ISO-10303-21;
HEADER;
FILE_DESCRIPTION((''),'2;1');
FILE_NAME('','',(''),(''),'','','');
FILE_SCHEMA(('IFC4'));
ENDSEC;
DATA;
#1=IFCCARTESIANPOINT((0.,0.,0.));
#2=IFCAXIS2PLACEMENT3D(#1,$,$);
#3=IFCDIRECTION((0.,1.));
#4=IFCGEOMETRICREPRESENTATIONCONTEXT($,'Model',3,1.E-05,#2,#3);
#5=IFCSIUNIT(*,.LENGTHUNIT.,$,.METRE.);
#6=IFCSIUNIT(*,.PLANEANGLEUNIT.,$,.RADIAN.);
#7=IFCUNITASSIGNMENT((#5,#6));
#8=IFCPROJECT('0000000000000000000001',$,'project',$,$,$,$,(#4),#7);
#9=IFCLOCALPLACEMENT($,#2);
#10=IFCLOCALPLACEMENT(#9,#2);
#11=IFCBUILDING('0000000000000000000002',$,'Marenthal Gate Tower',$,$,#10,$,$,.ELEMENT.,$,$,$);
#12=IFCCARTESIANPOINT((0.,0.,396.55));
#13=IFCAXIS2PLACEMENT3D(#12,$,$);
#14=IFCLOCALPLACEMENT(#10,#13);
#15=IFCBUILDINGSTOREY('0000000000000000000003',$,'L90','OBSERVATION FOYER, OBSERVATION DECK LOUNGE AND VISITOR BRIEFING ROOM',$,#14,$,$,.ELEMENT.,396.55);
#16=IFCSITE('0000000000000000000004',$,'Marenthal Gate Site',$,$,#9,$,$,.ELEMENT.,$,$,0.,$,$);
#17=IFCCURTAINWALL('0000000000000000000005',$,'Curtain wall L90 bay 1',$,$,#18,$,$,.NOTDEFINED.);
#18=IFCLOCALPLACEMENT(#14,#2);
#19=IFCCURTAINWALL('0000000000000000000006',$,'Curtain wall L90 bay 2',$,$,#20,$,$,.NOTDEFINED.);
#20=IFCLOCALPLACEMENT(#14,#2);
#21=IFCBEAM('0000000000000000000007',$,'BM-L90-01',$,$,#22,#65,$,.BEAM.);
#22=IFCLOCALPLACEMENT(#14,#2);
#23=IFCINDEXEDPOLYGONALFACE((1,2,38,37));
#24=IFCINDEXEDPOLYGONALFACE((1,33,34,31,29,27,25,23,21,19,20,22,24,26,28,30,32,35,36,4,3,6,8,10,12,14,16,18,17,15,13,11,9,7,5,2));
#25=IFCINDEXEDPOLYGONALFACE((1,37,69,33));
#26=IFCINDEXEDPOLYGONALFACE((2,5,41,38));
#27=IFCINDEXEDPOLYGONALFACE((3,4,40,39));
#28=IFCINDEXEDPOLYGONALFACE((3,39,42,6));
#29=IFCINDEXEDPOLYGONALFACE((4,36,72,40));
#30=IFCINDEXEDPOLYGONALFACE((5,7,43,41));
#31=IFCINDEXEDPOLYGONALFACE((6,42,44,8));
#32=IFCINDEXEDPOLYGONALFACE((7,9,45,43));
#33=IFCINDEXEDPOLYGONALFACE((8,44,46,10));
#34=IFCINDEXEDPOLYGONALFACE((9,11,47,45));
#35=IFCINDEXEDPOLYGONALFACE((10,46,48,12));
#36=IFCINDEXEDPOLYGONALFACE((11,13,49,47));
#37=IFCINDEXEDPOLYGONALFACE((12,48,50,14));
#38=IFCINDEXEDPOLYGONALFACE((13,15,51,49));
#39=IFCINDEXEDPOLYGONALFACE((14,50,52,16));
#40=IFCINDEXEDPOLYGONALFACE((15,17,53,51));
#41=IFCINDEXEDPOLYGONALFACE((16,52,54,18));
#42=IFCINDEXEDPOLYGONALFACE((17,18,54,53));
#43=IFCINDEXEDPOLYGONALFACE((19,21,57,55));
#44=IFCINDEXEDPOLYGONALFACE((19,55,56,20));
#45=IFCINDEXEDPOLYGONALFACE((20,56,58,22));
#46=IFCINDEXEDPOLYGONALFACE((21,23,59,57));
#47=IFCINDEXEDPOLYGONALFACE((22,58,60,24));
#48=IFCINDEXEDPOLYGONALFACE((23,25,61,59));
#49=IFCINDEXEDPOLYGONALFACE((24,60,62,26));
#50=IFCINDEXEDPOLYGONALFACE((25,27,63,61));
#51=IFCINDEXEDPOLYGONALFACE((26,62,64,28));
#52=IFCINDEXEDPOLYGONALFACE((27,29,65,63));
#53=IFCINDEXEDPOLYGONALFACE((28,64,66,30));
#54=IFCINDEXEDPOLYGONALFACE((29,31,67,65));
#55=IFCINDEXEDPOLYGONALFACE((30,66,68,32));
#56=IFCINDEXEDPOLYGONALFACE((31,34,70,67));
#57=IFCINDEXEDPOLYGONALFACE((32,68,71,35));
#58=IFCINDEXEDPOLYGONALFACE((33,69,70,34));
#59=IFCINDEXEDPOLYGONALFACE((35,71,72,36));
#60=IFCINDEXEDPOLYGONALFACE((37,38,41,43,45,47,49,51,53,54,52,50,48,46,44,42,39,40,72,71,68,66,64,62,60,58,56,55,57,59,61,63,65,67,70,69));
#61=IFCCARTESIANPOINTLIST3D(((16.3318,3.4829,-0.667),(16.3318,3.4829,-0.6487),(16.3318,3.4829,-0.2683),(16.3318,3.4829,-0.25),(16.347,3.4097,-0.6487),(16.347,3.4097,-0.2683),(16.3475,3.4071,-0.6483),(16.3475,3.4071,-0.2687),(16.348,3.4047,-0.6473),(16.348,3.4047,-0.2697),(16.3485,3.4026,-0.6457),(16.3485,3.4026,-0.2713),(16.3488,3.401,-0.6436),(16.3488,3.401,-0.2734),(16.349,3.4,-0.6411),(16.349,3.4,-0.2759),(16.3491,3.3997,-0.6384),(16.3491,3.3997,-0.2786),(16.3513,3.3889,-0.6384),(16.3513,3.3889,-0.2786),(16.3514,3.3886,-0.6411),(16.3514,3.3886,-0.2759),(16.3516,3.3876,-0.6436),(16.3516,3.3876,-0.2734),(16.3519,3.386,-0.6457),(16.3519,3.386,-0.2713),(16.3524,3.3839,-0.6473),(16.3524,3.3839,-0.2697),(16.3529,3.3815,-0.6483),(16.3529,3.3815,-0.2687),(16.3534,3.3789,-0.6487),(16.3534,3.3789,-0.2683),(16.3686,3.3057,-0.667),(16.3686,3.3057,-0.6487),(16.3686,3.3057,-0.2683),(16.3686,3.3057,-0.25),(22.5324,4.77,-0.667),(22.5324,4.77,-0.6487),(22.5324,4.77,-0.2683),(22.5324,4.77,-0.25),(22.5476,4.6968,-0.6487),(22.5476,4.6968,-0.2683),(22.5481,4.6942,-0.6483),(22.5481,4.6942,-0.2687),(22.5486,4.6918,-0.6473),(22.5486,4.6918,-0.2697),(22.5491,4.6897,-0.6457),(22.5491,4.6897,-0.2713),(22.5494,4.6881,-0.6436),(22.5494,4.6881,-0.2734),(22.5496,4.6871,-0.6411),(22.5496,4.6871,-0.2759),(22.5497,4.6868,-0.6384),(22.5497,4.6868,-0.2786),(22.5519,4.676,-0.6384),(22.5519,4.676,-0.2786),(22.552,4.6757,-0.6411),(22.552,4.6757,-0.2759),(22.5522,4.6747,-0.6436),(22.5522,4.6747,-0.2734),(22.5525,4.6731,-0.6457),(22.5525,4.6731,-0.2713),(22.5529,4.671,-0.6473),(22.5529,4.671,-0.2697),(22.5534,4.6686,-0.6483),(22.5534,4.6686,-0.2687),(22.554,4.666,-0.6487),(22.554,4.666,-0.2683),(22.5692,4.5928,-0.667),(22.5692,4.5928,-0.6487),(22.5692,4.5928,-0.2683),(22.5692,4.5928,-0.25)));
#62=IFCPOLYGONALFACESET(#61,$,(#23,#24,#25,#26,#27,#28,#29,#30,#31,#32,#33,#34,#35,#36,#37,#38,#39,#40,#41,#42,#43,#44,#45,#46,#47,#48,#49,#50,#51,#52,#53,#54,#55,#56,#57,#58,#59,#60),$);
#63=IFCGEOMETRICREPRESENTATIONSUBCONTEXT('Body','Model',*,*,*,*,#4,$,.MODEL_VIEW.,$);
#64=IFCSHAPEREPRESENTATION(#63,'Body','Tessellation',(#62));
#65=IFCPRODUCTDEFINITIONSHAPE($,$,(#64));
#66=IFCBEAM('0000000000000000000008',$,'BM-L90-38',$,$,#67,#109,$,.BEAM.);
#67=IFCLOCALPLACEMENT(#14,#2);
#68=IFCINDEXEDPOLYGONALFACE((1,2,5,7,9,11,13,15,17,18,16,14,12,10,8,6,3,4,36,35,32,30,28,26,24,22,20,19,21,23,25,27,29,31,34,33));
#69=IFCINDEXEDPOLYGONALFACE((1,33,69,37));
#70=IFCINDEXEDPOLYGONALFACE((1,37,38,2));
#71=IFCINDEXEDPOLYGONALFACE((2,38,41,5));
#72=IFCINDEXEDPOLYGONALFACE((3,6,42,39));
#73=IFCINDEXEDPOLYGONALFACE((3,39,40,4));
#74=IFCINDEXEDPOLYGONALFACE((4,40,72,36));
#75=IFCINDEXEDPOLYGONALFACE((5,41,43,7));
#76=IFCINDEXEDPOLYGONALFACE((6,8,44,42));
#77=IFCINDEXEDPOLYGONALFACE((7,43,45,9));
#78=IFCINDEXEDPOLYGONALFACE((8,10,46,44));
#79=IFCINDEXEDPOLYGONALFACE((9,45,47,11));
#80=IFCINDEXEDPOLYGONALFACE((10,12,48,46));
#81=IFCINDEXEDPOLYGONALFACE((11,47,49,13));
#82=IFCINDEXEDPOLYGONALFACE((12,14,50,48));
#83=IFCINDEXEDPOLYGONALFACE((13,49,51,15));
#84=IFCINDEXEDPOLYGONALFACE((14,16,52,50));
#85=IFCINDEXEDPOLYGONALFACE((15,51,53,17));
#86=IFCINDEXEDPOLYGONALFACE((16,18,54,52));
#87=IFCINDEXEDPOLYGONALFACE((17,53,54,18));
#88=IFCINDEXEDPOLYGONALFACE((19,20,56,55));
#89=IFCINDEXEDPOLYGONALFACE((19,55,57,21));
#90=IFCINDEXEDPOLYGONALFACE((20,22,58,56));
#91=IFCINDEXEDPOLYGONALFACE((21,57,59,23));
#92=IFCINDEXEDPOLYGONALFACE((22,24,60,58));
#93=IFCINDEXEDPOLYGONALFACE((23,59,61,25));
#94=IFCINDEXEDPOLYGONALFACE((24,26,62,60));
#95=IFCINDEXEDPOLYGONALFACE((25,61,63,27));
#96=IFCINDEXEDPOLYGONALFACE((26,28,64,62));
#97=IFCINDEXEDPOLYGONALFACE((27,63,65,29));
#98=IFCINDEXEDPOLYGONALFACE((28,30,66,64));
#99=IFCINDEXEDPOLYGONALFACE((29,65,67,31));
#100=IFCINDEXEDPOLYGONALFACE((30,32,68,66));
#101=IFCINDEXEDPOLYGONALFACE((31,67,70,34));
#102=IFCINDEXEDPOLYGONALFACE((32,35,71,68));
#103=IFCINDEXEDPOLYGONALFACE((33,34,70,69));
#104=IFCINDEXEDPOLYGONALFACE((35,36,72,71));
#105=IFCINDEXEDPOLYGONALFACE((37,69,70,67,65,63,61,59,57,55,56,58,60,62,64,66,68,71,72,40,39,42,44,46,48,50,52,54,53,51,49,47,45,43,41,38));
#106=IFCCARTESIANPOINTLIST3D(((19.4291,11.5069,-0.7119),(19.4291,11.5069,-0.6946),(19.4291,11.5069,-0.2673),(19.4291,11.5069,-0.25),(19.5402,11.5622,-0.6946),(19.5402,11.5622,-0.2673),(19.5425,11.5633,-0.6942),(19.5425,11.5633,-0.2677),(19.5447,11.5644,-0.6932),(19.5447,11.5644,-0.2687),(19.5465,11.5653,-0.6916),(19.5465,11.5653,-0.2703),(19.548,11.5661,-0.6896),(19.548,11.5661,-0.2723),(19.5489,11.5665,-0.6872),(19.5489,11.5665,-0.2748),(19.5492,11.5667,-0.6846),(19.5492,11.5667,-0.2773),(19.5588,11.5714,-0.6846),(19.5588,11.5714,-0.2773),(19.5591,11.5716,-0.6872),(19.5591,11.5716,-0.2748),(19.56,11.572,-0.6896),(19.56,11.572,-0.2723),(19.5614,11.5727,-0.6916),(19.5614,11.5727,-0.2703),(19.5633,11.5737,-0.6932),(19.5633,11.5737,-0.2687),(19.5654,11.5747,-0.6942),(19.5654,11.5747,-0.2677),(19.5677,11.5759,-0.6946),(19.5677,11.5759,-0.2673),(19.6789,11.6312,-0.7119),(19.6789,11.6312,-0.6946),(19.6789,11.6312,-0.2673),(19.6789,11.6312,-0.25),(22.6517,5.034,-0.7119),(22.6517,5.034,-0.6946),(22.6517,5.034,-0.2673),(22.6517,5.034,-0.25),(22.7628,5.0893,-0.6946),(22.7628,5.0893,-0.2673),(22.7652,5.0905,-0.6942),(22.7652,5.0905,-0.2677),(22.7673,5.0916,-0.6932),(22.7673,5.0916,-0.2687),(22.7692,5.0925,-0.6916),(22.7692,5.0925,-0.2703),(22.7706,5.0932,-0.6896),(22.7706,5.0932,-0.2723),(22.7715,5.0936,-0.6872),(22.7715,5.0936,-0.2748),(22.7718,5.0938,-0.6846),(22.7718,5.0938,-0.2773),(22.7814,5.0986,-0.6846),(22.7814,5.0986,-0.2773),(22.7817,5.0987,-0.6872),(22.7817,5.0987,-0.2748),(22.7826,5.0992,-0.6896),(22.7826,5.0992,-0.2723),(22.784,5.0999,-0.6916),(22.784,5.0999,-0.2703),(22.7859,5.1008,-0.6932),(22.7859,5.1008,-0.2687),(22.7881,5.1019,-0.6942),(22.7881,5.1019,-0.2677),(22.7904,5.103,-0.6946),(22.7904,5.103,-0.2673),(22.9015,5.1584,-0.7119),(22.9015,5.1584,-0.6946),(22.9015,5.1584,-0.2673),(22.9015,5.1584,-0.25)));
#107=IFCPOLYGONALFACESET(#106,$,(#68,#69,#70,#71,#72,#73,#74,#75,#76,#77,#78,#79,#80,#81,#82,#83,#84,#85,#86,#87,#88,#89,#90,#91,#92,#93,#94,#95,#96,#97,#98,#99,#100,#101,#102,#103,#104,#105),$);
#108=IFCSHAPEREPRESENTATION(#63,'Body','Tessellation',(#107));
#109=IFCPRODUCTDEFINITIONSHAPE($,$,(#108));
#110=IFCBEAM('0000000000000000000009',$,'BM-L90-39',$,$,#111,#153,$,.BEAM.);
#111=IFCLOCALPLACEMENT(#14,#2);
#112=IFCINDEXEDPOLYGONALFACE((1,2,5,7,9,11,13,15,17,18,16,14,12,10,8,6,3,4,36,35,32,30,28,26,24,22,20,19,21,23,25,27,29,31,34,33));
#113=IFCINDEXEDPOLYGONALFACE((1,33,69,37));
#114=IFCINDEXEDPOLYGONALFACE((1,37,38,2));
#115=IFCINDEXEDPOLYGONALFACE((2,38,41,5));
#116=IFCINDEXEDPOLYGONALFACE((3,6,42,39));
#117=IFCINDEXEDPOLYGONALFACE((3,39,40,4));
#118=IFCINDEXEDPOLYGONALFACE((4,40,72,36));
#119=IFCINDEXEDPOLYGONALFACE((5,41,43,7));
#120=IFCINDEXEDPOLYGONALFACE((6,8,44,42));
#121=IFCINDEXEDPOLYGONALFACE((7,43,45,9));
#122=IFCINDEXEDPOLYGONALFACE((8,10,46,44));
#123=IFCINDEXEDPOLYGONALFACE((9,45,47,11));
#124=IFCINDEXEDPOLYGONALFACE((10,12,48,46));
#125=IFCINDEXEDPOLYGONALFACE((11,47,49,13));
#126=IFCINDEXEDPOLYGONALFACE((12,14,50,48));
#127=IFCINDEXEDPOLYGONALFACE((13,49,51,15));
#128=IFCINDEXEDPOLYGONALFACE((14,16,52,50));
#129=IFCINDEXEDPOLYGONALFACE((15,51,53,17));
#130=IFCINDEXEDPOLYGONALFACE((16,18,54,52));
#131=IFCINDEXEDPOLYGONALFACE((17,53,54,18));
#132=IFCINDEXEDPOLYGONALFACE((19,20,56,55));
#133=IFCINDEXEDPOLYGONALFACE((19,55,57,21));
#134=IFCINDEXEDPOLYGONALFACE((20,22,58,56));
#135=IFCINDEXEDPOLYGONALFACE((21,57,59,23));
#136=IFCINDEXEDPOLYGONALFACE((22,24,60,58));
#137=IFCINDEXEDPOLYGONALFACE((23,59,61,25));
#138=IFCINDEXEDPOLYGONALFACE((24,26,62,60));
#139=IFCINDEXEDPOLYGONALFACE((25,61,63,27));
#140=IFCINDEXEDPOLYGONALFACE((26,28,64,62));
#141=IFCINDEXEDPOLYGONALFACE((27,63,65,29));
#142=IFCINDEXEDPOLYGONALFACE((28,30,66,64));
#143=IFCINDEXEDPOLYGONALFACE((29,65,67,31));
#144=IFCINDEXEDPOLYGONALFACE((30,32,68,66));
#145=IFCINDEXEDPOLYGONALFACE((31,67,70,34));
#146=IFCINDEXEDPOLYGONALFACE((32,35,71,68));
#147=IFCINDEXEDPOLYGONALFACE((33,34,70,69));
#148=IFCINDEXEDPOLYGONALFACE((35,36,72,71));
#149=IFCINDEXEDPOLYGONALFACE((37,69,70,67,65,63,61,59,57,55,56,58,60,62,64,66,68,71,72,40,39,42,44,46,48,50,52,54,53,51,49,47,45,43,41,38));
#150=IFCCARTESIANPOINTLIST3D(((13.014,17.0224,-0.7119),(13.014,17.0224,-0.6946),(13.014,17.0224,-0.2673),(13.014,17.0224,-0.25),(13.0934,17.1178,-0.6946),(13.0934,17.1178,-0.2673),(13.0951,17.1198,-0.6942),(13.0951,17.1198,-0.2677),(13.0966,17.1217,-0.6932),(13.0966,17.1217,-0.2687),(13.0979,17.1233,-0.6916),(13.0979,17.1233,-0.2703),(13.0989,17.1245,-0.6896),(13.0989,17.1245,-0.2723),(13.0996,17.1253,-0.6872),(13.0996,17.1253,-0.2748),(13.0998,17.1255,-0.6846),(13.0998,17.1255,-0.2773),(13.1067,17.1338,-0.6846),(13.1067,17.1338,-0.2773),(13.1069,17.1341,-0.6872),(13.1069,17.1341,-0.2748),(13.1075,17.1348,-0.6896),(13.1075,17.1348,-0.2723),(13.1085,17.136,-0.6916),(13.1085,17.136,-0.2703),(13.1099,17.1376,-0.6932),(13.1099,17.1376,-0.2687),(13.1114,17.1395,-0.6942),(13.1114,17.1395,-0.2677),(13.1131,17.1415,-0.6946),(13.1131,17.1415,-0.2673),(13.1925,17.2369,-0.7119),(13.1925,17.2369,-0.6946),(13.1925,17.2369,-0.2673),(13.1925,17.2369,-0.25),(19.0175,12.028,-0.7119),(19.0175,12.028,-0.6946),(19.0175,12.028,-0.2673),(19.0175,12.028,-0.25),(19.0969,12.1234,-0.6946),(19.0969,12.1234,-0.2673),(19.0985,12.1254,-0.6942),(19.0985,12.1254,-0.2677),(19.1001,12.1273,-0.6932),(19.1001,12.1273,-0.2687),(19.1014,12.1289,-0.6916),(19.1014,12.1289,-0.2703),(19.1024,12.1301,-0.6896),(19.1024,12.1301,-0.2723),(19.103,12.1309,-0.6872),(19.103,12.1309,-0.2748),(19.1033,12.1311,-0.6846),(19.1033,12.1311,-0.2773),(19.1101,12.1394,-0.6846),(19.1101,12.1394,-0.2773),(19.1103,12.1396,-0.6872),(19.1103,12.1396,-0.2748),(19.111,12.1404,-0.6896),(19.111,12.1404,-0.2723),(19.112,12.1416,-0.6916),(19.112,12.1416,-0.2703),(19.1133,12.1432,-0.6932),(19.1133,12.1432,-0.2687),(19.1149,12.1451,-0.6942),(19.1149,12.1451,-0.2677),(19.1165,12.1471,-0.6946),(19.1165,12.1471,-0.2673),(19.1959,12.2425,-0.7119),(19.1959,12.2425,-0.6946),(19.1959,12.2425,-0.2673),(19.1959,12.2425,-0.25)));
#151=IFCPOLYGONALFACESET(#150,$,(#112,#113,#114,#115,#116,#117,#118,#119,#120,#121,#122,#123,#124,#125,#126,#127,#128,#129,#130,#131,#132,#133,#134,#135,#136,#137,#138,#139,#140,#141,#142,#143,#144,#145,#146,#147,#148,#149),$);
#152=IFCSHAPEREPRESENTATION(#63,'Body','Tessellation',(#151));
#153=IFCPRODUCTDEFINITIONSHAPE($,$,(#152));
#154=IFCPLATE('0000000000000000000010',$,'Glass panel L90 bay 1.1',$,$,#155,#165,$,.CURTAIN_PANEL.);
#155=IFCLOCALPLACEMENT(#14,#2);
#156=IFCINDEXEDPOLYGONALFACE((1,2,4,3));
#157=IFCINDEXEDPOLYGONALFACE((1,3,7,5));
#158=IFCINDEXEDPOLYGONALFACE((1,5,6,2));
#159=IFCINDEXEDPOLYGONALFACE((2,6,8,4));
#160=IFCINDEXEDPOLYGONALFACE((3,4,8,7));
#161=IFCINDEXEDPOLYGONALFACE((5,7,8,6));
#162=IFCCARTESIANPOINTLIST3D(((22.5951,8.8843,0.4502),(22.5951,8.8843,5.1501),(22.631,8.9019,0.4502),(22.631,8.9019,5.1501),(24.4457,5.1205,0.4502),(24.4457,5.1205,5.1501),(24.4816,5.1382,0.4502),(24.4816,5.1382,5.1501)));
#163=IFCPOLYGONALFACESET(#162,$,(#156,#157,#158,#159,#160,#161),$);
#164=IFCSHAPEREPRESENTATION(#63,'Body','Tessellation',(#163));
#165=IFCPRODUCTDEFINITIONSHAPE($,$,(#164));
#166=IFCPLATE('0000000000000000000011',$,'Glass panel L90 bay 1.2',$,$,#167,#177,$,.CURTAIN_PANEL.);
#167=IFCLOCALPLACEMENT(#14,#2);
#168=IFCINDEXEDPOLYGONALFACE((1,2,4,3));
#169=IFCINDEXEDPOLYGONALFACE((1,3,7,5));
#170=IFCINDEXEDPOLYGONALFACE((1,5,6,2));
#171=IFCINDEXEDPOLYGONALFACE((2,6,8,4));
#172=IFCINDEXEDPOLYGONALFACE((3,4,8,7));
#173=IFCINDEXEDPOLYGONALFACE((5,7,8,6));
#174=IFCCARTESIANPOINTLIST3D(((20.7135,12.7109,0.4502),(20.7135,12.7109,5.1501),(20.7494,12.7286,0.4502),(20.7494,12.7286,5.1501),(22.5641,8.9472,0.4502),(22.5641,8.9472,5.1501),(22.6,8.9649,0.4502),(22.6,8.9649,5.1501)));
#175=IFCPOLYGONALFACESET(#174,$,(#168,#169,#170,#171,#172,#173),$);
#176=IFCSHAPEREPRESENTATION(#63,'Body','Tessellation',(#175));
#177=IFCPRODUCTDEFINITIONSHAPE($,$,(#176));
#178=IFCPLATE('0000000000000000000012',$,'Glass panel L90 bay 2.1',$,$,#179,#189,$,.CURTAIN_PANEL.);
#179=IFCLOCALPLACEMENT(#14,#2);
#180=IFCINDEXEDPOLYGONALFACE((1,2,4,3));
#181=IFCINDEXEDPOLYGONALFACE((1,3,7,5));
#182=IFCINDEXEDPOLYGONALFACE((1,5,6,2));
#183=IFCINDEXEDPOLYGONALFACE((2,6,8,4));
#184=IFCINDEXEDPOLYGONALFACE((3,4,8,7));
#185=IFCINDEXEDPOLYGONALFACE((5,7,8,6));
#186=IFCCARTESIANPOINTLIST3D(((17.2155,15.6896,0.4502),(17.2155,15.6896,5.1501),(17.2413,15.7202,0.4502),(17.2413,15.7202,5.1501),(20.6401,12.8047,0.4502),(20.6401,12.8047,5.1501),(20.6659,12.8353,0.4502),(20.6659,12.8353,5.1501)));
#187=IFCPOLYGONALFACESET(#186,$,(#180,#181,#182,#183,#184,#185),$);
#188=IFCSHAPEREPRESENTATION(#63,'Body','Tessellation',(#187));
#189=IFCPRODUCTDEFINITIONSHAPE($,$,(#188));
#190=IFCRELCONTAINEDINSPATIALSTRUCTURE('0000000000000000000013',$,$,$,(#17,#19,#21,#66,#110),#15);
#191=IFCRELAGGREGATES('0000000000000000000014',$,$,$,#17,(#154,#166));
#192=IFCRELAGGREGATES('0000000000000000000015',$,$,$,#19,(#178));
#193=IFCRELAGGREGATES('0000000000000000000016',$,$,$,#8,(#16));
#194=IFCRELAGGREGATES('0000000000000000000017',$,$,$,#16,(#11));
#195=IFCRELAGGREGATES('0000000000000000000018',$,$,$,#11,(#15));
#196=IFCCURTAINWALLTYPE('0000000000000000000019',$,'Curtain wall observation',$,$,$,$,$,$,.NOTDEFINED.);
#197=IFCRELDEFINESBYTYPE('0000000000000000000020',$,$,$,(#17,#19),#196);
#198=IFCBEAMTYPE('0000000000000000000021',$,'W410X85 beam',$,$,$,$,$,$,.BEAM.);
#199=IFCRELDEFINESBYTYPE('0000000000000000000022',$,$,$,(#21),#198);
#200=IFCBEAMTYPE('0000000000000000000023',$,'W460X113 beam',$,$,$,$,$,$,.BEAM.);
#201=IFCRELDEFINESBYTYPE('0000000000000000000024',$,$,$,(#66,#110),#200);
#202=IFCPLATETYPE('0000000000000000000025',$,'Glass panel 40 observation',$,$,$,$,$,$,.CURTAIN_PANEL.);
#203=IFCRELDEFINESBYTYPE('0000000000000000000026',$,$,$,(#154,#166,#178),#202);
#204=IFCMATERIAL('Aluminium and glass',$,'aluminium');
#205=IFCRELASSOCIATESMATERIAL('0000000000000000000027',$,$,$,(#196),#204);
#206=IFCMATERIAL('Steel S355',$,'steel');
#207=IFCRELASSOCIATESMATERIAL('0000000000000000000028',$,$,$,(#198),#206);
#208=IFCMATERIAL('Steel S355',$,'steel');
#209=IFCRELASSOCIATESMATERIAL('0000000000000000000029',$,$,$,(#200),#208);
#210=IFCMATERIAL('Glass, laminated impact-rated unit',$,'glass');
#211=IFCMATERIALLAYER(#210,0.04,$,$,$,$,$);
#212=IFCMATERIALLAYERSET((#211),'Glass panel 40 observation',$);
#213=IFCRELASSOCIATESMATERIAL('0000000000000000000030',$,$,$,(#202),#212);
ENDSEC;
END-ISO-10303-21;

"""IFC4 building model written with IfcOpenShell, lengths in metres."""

from ifc_helpers import new_model, si_unit, direction, frame, origin, origin_2d, place, context, subcontext, project, spatial, rectangle, i_section, extrude, material, layer, layer_set, material_profile, profile_set, type_object, element, aggregate, save


model = new_model("IFC4")

# Units and contexts
model_context = context("Model", 3, precision=1e-05, world=origin(), true_north=direction((0.0, 1.0)))
body_context = subcontext(model_context, "Body", "Model", "MODEL_VIEW")
ifc_project = project(units=[si_unit("LENGTHUNIT", "METRE"), si_unit("PLANEANGLEUNIT", "RADIAN")], contexts=[model_context])

# Site, building, storey
site_placement = place(None, origin())
site = spatial("IfcSite", under=ifc_project, at=site_placement, Name="Marenthal Gate Site", CompositionType="ELEMENT", RefElevation=0.0)
building_placement = place(site_placement, origin())
building = spatial("IfcBuilding", under=site, at=building_placement, Name="Marenthal Gate Tower", CompositionType="ELEMENT")
storey_placement = place(building_placement, frame((0.0, 0.0, 396.55)))
storey = spatial("IfcBuildingStorey", under=building, at=storey_placement, Name="L90", Description="OBSERVATION FOYER, OBSERVATION DECK LOUNGE AND VISITOR BRIEFING ROOM", CompositionType="ELEMENT", Elevation=396.55)

# Curtain walls
ifc_material_1 = material(Name="Aluminium and glass", Category="aluminium")
curtain_wall_type = type_object("IfcCurtainWallType", Name="Curtain wall observation", PredefinedType="NOTDEFINED", material=ifc_material_1)
curtain_wall_1_placement = place(storey_placement, origin())
curtain_wall_1 = element("IfcCurtainWall", 1, at=curtain_wall_1_placement, inside=storey, type_object=curtain_wall_type, Name="Curtain wall L90 bay 1", PredefinedType="NOTDEFINED")
curtain_wall_2_placement = place(storey_placement, origin())
curtain_wall_2 = element("IfcCurtainWall", 2, at=curtain_wall_2_placement, inside=storey, type_object=curtain_wall_type, Name="Curtain wall L90 bay 2", PredefinedType="NOTDEFINED")

# Beams
ifc_material_2 = material(Name="Steel S355", Category="steel")
ifc_material_profile_1 = material_profile(ifc_material_2, i_section(OverallWidth=0.1809, OverallDepth=0.417, WebThickness=0.011, FlangeThickness=0.0183, FilletRadius=0.0103, at=origin_2d()), Name="W410X85")
ifc_profile_set_1 = profile_set([ifc_material_profile_1], Name="Steel S355")
beam_type_1 = type_object("IfcBeamType", Name="W410X85 beam", PredefinedType="BEAM", material=ifc_profile_set_1)
beam_1_placement = place(storey_placement, frame((22.5508, 4.6814, -0.4585), z_axis=(-0.979128, -0.203243, 0.0), x_axis=(0.203243, -0.979128, 0.0)))
element("IfcBeam", 3, at=beam_1_placement, inside=storey, type_object=beam_type_1, Name="BM-L90-01", PredefinedType="BEAM", context=body_context, shape_type="SweptSolid", body=[
    extrude(i_section(OverallWidth=0.1809, OverallDepth=0.417, WebThickness=0.011, FlangeThickness=0.0183, FilletRadius=0.0103, at=origin_2d()), origin(), (0.0, 0.0, 1.0), 6.3328),
])
ifc_material_3 = material(Name="Steel S355", Category="steel")
ifc_material_profile_2 = material_profile(ifc_material_3, i_section(OverallWidth=0.2791, OverallDepth=0.4619, WebThickness=0.0107, FlangeThickness=0.0173, FilletRadius=0.01, at=origin_2d()), Name="W460X113")
ifc_profile_set_2 = profile_set([ifc_material_profile_2], Name="Steel S355")
beam_type_2 = type_object("IfcBeamType", Name="W460X113 beam", PredefinedType="BEAM", material=ifc_profile_set_2)
beam_2_placement = place(storey_placement, frame((22.7766, 5.0962, -0.481), z_axis=(-0.445687, 0.895189, 0.0), x_axis=(-0.895189, -0.445687, 0.0)))
element("IfcBeam", 4, at=beam_2_placement, inside=storey, type_object=beam_type_2, Name="BM-L90-38", PredefinedType="BEAM", context=body_context, shape_type="SweptSolid", body=[
    extrude(i_section(OverallWidth=0.2791, OverallDepth=0.4619, WebThickness=0.0107, FlangeThickness=0.0173, FilletRadius=0.01, at=origin_2d()), origin(), (0.0, 0.0, 1.0), 7.2307),
])
beam_3_placement = place(storey_placement, frame((19.1067, 12.1353, -0.481), z_axis=(-0.768754, 0.639545, 0.0), x_axis=(-0.639545, -0.768754, 0.0)))
element("IfcBeam", 5, at=beam_3_placement, inside=storey, type_object=beam_type_2, Name="BM-L90-39", PredefinedType="BEAM", context=body_context, shape_type="SweptSolid", body=[
    extrude(i_section(OverallWidth=0.2791, OverallDepth=0.4619, WebThickness=0.0107, FlangeThickness=0.0173, FilletRadius=0.01, at=origin_2d()), origin(), (0.0, 0.0, 1.0), 7.8093),
])

# Plates
ifc_material_4 = material(Name="Glass, laminated impact-rated unit", Category="glass")
ifc_layer_1 = layer(ifc_material_4, 0.04)
ifc_layer_set_1 = layer_set([ifc_layer_1], Name="Glass panel 40 observation")
plate_type = type_object("IfcPlateType", Name="Glass panel 40 observation", PredefinedType="CURTAIN_PANEL", material=ifc_layer_set_1)
plate_1_placement = place(storey_placement, frame((23.5383, 7.0112, 0.4502), z_axis=(0.0, 0.0, 1.0), x_axis=(-0.441247, 0.897386, 0.0)))
plate_1 = element("IfcPlate", 6, at=plate_1_placement, type_object=plate_type, Name="Glass panel L90 bay 1.1", PredefinedType="CURTAIN_PANEL", context=body_context, shape_type="SweptSolid", body=[
    extrude(rectangle(XDim=4.1941, YDim=0.04, at=origin_2d()), origin(), (0.0, 0.0, 1.0), 4.7),
])
plate_2_placement = place(storey_placement, frame((21.6567, 10.8379, 0.4502), z_axis=(0.0, 0.0, 1.0), x_axis=(-0.441247, 0.897386, 0.0)))
plate_2 = element("IfcPlate", 7, at=plate_2_placement, type_object=plate_type, Name="Glass panel L90 bay 1.2", PredefinedType="CURTAIN_PANEL", context=body_context, shape_type="SweptSolid", body=[
    extrude(rectangle(XDim=4.1941, YDim=0.04, at=origin_2d()), origin(), (0.0, 0.0, 1.0), 4.7),
])
aggregate(curtain_wall_1, [plate_1, plate_2])
plate_3_placement = place(storey_placement, frame((18.9407, 14.2625, 0.4502), z_axis=(0.0, 0.0, 1.0), x_axis=(-0.764802, 0.644265, 0.0)))
plate_3 = element("IfcPlate", 8, at=plate_3_placement, type_object=plate_type, Name="Glass panel L90 bay 2.1", PredefinedType="CURTAIN_PANEL", context=body_context, shape_type="SweptSolid", body=[
    extrude(rectangle(XDim=4.4778, YDim=0.04, at=origin_2d()), origin(), (0.0, 0.0, 1.0), 4.7),
])
aggregate(curtain_wall_2, [plate_3])

save(model, "model.ifc")
